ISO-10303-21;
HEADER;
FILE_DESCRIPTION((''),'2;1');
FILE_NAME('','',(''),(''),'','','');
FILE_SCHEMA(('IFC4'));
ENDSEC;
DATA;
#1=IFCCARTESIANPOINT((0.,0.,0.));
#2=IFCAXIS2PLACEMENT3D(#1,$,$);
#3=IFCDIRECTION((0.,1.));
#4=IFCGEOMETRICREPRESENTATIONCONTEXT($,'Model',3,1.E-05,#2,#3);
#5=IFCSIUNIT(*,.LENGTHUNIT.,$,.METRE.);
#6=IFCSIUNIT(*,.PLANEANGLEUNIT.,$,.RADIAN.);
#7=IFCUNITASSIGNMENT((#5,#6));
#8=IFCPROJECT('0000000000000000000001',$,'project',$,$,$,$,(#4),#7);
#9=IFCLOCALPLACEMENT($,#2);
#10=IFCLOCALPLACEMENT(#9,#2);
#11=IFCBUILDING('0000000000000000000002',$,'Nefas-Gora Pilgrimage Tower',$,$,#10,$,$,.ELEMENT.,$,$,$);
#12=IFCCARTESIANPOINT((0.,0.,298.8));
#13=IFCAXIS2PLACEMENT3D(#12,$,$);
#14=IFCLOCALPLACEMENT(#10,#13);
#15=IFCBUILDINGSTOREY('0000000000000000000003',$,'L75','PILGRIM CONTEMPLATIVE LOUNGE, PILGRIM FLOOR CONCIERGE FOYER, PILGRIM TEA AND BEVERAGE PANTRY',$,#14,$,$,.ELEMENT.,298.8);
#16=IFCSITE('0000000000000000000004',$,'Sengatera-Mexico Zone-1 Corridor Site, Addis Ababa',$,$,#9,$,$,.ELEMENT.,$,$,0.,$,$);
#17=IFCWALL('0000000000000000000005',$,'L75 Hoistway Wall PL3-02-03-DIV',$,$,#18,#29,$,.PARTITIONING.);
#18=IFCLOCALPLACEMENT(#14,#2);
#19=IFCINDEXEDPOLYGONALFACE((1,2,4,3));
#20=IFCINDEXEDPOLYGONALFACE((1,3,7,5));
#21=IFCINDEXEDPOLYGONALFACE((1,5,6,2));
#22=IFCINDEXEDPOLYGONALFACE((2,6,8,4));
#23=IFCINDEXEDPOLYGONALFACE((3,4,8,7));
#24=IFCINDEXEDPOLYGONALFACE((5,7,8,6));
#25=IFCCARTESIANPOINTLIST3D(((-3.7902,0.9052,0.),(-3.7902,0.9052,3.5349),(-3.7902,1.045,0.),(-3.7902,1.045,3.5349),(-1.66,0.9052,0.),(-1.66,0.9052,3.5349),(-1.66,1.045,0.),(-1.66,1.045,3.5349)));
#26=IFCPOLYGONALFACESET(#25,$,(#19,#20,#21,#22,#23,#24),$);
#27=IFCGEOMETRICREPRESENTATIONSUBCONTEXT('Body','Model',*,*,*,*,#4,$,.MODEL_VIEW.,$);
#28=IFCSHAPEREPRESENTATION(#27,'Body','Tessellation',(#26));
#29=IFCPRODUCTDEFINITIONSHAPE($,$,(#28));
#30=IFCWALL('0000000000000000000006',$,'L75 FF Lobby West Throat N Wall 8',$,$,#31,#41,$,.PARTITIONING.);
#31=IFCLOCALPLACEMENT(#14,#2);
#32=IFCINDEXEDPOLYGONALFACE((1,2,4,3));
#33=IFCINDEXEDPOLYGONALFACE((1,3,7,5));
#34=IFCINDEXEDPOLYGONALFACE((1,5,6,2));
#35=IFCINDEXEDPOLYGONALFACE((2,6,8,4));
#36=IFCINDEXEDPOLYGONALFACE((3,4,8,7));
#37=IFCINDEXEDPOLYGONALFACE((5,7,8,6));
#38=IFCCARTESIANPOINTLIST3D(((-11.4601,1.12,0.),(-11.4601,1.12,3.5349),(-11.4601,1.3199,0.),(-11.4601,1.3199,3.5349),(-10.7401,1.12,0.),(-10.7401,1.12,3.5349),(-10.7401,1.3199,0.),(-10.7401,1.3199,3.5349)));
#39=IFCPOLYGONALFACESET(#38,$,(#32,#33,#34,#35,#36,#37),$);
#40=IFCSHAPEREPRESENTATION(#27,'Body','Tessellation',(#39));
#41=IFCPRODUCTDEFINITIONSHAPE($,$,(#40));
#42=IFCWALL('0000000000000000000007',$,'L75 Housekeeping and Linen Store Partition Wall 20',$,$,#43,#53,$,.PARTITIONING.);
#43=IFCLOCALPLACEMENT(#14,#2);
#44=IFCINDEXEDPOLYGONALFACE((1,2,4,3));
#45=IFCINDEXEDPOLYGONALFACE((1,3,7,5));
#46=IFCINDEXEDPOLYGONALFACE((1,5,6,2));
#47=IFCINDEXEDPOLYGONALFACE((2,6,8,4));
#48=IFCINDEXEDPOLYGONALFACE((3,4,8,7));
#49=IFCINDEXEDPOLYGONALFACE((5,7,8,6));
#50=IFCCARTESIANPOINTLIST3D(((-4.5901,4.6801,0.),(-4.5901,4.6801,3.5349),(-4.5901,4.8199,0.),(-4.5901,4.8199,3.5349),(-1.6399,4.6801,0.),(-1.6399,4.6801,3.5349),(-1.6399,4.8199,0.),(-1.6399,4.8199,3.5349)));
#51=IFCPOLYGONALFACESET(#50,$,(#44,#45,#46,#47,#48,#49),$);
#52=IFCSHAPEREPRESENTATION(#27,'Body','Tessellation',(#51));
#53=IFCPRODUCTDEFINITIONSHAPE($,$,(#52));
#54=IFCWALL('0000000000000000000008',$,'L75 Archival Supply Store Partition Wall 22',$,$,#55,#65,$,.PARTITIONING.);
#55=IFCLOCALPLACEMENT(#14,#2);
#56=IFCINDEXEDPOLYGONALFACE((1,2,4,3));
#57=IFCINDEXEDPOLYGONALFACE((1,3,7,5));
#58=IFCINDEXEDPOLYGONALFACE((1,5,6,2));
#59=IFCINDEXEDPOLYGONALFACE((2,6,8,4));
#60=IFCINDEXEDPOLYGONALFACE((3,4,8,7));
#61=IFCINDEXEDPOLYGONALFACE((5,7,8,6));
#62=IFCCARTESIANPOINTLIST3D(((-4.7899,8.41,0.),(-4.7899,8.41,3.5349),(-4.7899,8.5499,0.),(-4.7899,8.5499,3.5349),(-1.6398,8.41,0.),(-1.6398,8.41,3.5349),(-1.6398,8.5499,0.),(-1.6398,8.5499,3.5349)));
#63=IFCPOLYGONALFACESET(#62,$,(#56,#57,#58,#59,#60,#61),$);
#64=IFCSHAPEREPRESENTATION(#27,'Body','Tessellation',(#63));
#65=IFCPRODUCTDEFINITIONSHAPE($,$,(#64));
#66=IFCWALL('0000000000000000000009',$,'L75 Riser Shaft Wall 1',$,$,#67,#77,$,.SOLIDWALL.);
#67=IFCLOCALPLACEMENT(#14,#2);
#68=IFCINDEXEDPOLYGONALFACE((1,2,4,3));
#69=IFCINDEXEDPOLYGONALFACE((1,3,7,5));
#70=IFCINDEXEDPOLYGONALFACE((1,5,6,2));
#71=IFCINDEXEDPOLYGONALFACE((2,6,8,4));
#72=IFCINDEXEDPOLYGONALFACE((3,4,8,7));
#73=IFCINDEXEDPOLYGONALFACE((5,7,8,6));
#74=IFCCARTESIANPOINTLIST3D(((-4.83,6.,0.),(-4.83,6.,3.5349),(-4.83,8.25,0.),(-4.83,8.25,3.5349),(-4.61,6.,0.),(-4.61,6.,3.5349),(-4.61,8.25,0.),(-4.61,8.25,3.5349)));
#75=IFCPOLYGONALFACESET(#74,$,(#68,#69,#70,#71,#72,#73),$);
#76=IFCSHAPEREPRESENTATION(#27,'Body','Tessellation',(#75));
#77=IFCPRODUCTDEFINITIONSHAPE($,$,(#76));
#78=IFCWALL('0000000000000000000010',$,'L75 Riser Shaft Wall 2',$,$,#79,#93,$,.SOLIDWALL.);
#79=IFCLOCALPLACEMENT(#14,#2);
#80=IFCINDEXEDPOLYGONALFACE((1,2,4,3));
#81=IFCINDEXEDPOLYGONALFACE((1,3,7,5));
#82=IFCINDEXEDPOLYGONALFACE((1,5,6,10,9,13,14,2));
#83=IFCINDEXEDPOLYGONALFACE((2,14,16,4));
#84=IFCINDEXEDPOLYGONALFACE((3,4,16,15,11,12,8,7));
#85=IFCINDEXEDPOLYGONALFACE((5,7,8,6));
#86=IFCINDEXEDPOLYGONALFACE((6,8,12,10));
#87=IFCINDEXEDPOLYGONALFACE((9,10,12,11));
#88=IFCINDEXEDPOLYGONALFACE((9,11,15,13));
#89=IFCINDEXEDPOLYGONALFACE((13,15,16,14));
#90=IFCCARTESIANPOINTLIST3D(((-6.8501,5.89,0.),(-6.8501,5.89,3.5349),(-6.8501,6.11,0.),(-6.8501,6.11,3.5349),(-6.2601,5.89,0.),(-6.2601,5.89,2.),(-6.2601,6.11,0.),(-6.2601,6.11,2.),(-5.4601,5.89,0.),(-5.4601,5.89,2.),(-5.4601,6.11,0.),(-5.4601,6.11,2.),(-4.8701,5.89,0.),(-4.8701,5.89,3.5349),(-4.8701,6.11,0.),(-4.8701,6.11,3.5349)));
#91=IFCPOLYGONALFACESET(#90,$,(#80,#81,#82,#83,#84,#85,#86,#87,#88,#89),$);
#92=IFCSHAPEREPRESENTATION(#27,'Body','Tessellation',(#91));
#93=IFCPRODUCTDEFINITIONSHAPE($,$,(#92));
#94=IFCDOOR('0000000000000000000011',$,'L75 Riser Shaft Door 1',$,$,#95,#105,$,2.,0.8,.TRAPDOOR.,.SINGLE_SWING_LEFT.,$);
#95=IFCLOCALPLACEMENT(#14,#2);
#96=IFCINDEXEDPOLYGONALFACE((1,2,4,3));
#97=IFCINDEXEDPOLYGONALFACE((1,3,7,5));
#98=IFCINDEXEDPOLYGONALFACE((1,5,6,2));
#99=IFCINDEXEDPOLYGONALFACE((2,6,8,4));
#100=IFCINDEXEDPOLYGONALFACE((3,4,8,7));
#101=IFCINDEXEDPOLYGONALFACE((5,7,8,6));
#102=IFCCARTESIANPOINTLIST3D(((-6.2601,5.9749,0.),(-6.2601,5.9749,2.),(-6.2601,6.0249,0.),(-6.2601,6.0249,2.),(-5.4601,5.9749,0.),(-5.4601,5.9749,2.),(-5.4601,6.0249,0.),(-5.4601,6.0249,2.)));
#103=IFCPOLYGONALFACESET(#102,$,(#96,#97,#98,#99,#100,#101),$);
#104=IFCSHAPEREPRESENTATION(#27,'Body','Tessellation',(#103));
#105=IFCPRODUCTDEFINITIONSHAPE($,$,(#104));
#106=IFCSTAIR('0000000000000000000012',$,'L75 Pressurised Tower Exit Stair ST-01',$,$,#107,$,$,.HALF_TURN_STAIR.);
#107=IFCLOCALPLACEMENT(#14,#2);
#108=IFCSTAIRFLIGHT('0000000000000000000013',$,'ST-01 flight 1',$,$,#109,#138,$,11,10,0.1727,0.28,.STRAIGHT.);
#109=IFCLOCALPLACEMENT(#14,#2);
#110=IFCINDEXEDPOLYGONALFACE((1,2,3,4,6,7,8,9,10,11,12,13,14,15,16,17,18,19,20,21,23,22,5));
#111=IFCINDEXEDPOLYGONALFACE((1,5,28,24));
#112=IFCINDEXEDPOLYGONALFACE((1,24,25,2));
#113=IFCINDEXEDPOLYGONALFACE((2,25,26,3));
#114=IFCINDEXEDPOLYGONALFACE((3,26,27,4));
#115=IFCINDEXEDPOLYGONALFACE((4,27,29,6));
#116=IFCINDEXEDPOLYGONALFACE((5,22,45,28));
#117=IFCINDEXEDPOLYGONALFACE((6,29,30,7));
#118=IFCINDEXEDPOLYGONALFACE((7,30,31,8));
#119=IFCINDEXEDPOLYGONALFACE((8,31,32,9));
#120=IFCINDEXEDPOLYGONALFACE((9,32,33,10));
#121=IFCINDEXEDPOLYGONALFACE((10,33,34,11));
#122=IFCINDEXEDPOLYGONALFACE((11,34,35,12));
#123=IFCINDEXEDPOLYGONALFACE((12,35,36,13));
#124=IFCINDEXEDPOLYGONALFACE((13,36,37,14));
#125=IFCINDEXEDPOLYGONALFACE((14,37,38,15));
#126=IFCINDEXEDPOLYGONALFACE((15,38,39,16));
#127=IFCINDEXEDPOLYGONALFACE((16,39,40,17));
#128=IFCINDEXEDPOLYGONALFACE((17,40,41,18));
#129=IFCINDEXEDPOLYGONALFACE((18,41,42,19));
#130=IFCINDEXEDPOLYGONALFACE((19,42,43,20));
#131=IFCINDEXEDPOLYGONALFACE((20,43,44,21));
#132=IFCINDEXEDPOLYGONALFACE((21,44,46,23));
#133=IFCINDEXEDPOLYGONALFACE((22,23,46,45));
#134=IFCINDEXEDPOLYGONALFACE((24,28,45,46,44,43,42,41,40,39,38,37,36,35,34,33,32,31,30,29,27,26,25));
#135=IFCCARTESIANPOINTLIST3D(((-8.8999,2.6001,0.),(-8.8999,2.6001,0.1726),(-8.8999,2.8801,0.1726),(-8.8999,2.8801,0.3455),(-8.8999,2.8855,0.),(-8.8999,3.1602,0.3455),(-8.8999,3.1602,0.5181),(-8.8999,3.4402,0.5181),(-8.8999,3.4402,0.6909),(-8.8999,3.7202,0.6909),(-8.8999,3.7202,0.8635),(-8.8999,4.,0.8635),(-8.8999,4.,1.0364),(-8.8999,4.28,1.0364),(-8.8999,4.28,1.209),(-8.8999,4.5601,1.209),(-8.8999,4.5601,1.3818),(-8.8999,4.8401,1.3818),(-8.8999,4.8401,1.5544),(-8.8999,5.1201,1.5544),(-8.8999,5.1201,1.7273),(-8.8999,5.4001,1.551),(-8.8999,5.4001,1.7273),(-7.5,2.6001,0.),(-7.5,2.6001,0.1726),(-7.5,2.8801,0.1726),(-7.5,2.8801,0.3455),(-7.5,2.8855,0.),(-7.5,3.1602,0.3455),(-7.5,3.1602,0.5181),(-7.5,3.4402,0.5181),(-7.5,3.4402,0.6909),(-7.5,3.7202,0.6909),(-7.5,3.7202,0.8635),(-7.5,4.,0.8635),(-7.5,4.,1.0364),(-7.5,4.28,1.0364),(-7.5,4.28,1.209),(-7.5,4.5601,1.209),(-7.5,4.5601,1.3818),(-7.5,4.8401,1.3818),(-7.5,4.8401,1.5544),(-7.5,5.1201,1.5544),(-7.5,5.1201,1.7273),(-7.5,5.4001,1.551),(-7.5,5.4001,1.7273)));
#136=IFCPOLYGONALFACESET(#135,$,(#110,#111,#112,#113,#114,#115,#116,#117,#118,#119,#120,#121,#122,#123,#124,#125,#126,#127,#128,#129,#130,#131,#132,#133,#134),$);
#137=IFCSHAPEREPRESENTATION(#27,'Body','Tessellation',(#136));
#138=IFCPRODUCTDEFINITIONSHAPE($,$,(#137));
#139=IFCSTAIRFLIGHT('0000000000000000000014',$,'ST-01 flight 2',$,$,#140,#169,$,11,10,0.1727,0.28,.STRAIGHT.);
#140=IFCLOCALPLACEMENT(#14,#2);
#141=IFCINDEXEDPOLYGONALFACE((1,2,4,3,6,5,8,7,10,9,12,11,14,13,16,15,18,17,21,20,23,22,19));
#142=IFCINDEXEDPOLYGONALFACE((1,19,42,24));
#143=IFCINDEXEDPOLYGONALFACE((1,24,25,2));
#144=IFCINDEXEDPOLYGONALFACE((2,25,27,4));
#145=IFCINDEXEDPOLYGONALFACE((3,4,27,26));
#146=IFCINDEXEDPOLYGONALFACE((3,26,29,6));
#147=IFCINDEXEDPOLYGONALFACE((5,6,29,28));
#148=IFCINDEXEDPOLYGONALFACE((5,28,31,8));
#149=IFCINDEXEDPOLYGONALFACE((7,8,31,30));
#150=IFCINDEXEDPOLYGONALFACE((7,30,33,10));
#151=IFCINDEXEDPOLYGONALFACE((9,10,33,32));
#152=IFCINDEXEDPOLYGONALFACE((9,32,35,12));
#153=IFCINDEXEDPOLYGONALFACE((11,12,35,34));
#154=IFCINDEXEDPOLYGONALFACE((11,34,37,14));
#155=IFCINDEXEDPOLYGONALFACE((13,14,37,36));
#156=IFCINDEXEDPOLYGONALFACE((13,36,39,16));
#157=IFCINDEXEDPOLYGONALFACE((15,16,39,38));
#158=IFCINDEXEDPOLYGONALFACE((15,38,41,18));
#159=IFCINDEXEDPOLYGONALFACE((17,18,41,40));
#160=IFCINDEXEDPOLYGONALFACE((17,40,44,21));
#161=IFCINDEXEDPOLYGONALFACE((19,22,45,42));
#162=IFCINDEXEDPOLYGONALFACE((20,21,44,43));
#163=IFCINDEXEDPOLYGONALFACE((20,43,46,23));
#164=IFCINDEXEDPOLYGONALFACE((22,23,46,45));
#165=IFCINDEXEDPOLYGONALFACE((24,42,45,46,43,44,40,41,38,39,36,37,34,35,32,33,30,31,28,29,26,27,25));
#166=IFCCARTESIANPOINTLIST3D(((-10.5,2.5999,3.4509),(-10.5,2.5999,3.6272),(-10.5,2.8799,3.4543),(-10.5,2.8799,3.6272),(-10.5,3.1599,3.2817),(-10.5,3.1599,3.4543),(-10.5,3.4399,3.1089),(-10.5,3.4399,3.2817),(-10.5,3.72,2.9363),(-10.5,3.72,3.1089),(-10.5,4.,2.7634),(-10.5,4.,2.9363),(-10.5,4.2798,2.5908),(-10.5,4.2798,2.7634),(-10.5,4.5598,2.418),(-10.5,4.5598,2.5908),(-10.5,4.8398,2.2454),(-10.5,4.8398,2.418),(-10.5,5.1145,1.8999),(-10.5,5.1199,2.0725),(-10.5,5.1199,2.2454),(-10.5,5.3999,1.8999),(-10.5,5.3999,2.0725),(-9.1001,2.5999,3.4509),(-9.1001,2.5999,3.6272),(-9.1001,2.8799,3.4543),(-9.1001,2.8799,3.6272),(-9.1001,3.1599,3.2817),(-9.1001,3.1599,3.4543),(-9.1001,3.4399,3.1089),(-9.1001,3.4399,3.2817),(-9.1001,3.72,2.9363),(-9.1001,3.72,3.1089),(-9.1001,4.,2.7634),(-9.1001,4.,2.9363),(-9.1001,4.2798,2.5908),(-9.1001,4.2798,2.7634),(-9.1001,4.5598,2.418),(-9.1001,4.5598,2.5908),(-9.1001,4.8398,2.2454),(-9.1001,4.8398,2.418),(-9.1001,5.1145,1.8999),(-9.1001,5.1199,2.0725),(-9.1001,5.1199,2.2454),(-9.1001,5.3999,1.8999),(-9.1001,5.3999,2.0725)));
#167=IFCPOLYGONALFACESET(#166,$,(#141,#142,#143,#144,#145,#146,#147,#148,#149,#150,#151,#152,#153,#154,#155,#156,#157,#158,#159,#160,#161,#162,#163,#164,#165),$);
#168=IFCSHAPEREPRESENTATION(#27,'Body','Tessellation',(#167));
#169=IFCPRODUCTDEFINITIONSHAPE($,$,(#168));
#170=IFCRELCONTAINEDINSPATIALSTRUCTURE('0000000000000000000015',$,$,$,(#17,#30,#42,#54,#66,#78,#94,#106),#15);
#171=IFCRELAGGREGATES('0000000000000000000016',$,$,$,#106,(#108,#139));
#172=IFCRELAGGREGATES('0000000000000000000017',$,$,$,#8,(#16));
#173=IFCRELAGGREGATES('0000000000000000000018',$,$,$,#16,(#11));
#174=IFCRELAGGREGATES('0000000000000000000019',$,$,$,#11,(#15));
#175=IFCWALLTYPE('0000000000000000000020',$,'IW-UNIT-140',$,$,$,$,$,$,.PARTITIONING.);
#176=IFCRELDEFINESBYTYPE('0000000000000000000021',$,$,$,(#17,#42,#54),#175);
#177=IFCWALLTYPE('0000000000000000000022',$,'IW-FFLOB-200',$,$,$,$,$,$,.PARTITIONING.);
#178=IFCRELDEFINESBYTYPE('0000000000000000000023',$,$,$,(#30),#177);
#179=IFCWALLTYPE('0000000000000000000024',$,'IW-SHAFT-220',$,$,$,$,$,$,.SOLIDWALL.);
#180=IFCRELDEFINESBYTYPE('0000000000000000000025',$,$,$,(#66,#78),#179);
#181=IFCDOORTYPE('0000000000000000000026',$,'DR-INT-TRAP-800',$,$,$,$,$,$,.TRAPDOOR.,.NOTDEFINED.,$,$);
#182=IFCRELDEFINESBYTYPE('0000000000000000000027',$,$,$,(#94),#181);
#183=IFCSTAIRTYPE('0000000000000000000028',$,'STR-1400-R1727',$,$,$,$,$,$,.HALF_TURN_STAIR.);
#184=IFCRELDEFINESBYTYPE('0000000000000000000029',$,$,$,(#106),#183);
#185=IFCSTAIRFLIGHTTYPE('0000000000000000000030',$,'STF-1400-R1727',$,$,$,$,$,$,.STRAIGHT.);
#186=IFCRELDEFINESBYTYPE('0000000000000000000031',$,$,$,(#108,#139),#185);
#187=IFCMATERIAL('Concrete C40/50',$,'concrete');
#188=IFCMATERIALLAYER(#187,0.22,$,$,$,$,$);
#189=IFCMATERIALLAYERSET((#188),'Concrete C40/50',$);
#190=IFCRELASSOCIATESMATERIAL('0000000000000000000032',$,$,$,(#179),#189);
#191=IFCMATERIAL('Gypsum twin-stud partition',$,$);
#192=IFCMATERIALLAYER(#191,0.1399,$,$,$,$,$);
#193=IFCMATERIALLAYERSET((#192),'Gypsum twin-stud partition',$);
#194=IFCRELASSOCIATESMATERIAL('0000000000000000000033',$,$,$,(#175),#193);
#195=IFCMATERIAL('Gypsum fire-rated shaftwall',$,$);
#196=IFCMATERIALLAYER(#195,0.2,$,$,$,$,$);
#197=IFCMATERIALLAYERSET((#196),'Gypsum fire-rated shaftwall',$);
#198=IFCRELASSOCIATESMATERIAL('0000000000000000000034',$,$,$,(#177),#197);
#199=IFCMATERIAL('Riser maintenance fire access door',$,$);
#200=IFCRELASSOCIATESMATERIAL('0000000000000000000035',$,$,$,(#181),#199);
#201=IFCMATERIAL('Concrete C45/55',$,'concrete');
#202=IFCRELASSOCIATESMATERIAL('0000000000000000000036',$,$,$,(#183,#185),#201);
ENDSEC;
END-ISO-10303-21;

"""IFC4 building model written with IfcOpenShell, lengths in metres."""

from ifc_helpers import new_model, si_unit, direction, frame, frame_2d, origin, place, context, subcontext, project, spatial, polyline, rectangle, outline, extrude, source, transform, mapped, material, layer, layer_set, type_object, element, fill, aggregate, save


model = new_model("IFC4")

# Units and contexts
model_context = context("Model", 3, precision=1e-05, world=origin(), true_north=direction((0.0, 1.0)))
body_context = subcontext(model_context, "Body", "Model", "MODEL_VIEW")
ifc_project = project(units=[si_unit("LENGTHUNIT", "METRE"), si_unit("PLANEANGLEUNIT", "RADIAN")], contexts=[model_context])

# Site, building, storey
site_placement = place(None, origin())
site = spatial("IfcSite", under=ifc_project, at=site_placement, Name="Sengatera-Mexico Zone-1 Corridor Site, Addis Ababa", CompositionType="ELEMENT", RefElevation=0.0)
building_placement = place(site_placement, origin())
building = spatial("IfcBuilding", under=site, at=building_placement, Name="Nefas-Gora Pilgrimage Tower", CompositionType="ELEMENT")
storey_placement = place(building_placement, frame((0.0, 0.0, 298.8)))
storey = spatial("IfcBuildingStorey", under=building, at=storey_placement, Name="L75", Description="PILGRIM CONTEMPLATIVE LOUNGE, PILGRIM FLOOR CONCIERGE FOYER, PILGRIM TEA AND BEVERAGE PANTRY", CompositionType="ELEMENT", Elevation=298.8)

# Shared definitions
ifc_material_1 = material(Name="Concrete C45/55", Category="concrete")

# Shared definitions
ifc_material_2 = material(Name="Concrete C40/50", Category="concrete")
ifc_layer_1 = layer(ifc_material_2, 0.22)
ifc_layer_set_1 = layer_set([ifc_layer_1], Name="Concrete C40/50")
wall_type_1 = type_object("IfcWallType", Name="IW-SHAFT-220", PredefinedType="SOLIDWALL", material=ifc_layer_set_1)

# Walls
ifc_material_3 = material(Name="Gypsum twin-stud partition")
ifc_layer_2 = layer(ifc_material_3, 0.1399)
ifc_layer_set_2 = layer_set([ifc_layer_2], Name="Gypsum twin-stud partition")
wall_type_2 = type_object("IfcWallType", Name="IW-UNIT-140", PredefinedType="PARTITIONING", material=ifc_layer_set_2)
shared_shape_1 = source(origin(), body_context, "Body", "SweptSolid", [
    extrude(rectangle(XDim=2.1301, YDim=0.1399, at=frame_2d((1.0649, 0.0))), origin(), (0.0, 0.0, 1.0), 3.5349),
])
wall_1_placement = place(storey_placement, frame((-3.79, 0.9751, 0.0), z_axis=(0.0, 0.0, 1.0), x_axis=(1.0, 0.0, 0.0)))
element("IfcWall", 1, at=wall_1_placement, inside=storey, type_object=wall_type_2, Name="L75 Hoistway Wall PL3-02-03-DIV", PredefinedType="PARTITIONING", context=body_context, shape_type="MappedRepresentation", body=[
    mapped(shared_shape_1, transform((0.0, 0.0, 0.0), x_axis=(1.0, 0.0, 0.0), y_axis=(0.0, 1.0, 0.0), z_axis=(0.0, 0.0, 1.0), scale=1.0)),
])
ifc_material_4 = material(Name="Gypsum fire-rated shaftwall")
ifc_layer_3 = layer(ifc_material_4, 0.2)
ifc_layer_set_3 = layer_set([ifc_layer_3], Name="Gypsum fire-rated shaftwall")
wall_type_3 = type_object("IfcWallType", Name="IW-FFLOB-200", PredefinedType="PARTITIONING", material=ifc_layer_set_3)
shared_shape_2 = source(origin(), body_context, "Body", "SweptSolid", [
    extrude(rectangle(XDim=0.72, YDim=0.2, at=frame_2d((0.3599, 0.0))), origin(), (0.0, 0.0, 1.0), 3.5349),
])
wall_2_placement = place(storey_placement, frame((-11.46, 1.22, 0.0), z_axis=(0.0, 0.0, 1.0), x_axis=(1.0, 0.0, 0.0)))
element("IfcWall", 2, at=wall_2_placement, inside=storey, type_object=wall_type_3, Name="L75 FF Lobby West Throat N Wall 8", PredefinedType="PARTITIONING", context=body_context, shape_type="MappedRepresentation", body=[
    mapped(shared_shape_2, transform((0.0, 0.0, 0.0), x_axis=(1.0, 0.0, 0.0), y_axis=(0.0, 1.0, 0.0), z_axis=(0.0, 0.0, 1.0), scale=1.0)),
])
shared_shape_3 = source(origin(), body_context, "Body", "SweptSolid", [
    extrude(rectangle(XDim=2.9502, YDim=0.1399, at=frame_2d((1.4751, 0.0))), origin(), (0.0, 0.0, 1.0), 3.5349),
])
wall_3_placement = place(storey_placement, frame((-4.5901, 4.75, 0.0), z_axis=(0.0, 0.0, 1.0), x_axis=(1.0, 0.0, 0.0)))
element("IfcWall", 3, at=wall_3_placement, inside=storey, type_object=wall_type_2, Name="L75 Housekeeping and Linen Store Partition Wall 20", PredefinedType="PARTITIONING", context=body_context, shape_type="MappedRepresentation", body=[
    mapped(shared_shape_3, transform((0.0, 0.0, 0.0), x_axis=(1.0, 0.0, 0.0), y_axis=(0.0, 1.0, 0.0), z_axis=(0.0, 0.0, 1.0), scale=1.0)),
])
shared_shape_4 = source(origin(), body_context, "Body", "SweptSolid", [
    extrude(rectangle(XDim=3.1501, YDim=0.1399, at=frame_2d((1.5752, 0.0))), origin(), (0.0, 0.0, 1.0), 3.5349),
])
wall_4_placement = place(storey_placement, frame((-4.79, 8.48, 0.0), z_axis=(0.0, 0.0, 1.0), x_axis=(1.0, 0.0, 0.0)))
element("IfcWall", 4, at=wall_4_placement, inside=storey, type_object=wall_type_2, Name="L75 Archival Supply Store Partition Wall 22", PredefinedType="PARTITIONING", context=body_context, shape_type="MappedRepresentation", body=[
    mapped(shared_shape_4, transform((0.0, 0.0, 0.0), x_axis=(1.0, 0.0, 0.0), y_axis=(0.0, 1.0, 0.0), z_axis=(0.0, 0.0, 1.0), scale=1.0)),
])
shared_shape_5 = source(origin(), body_context, "Body", "SweptSolid", [
    extrude(rectangle(XDim=2.25, YDim=0.22, at=frame_2d((1.125, 0.0))), origin(), (0.0, 0.0, 1.0), 3.5349),
])
wall_5_placement = place(storey_placement, frame((-4.72, 6.0, 0.0), z_axis=(0.0, 0.0, 1.0), x_axis=(0.0, 1.0, 0.0)))
element("IfcWall", 5, at=wall_5_placement, inside=storey, type_object=wall_type_1, Name="L75 Riser Shaft Wall 1", PredefinedType="SOLIDWALL", context=body_context, shape_type="MappedRepresentation", body=[
    mapped(shared_shape_5, transform((0.0, 0.0, 0.0), x_axis=(1.0, 0.0, 0.0), y_axis=(0.0, 1.0, 0.0), z_axis=(0.0, 0.0, 1.0), scale=1.0)),
])

# Wall, opening, door
shared_shape_6 = source(origin(), body_context, "Body", "SweptSolid", [
    extrude(rectangle(XDim=1.98, YDim=0.22, at=frame_2d((0.99, 0.0))), origin(), (0.0, 0.0, 1.0), 3.5349),
])
wall_6_placement = place(storey_placement, frame((-6.8501, 6.0, 0.0), z_axis=(0.0, 0.0, 1.0), x_axis=(1.0, 0.0, 0.0)))
wall_6 = element("IfcWall", 6, at=wall_6_placement, inside=storey, type_object=wall_type_1, Name="L75 Riser Shaft Wall 2", PredefinedType="SOLIDWALL", context=body_context, shape_type="MappedRepresentation", body=[
    mapped(shared_shape_6, transform((0.0, 0.0, 0.0), x_axis=(1.0, 0.0, 0.0), y_axis=(0.0, 1.0, 0.0), z_axis=(0.0, 0.0, 1.0), scale=1.0)),
])
opening_1_placement = place(wall_6_placement, frame((0.5901, 0.0, 0.0)))
opening_1 = element("IfcOpeningElement", 7, at=opening_1_placement, cuts=wall_6, PredefinedType="OPENING", context=body_context, shape_type="SweptSolid", body=[
    extrude(rectangle(XDim=0.8, YDim=2.0, at=frame_2d((0.3999, 1.0))), frame((0.0, 0.1199, 0.0), z_axis=(0.0, -1.0, 0.0), x_axis=(1.0, 0.0, 0.0)), (0.0, 0.0, 1.0), 0.24),
])
ifc_material_5 = material(Name="Riser maintenance fire access door")
door_type_1 = type_object("IfcDoorType", Name="DR-INT-TRAP-800", OperationType="NOTDEFINED", PredefinedType="TRAPDOOR", material=ifc_material_5)
shared_shape_7 = source(origin(), body_context, "Body", "SweptSolid", [
    extrude(rectangle(XDim=0.8, YDim=2.0, at=frame_2d((0.3999, 1.0))), frame((0.0, 0.0249, 0.0), z_axis=(0.0, -1.0, 0.0), x_axis=(1.0, 0.0, 0.0)), (0.0, 0.0, 1.0), 0.05),
])
door_1_placement = place(opening_1_placement, origin())
door_1 = element("IfcDoor", 8, at=door_1_placement, inside=storey, type_object=door_type_1, Name="L75 Riser Shaft Door 1", OperationType="SINGLE_SWING_LEFT", OverallHeight=2.0, OverallWidth=0.8, PredefinedType="TRAPDOOR", context=body_context, shape_type="MappedRepresentation", body=[
    mapped(shared_shape_7, transform((0.0, 0.0, 0.0), x_axis=(1.0, 0.0, 0.0), y_axis=(0.0, 1.0, 0.0), z_axis=(0.0, 0.0, 1.0), scale=1.0)),
])
fill(opening_1, door_1)

# Stair, stair flights
stair_type = type_object("IfcStairType", Name="STR-1400-R1727", PredefinedType="HALF_TURN_STAIR", material=ifc_material_1)
stair_placement = place(storey_placement, origin())
stair = element("IfcStair", 9, at=stair_placement, inside=storey, type_object=stair_type, Name="L75 Pressurised Tower Exit Stair ST-01", PredefinedType="HALF_TURN_STAIR")
stair_flight_type = type_object("IfcStairFlightType", Name="STF-1400-R1727", PredefinedType="STRAIGHT", material=ifc_material_1)
shared_shape_8 = source(origin(), body_context, "Body", "SweptSolid", [
    extrude(outline(polyline([(0.0, 0.0), (0.0, 0.1726), (0.28, 0.1726), (0.28, 0.3455), (0.5601, 0.3455), (0.5601, 0.5181), (0.8401, 0.5181), (0.8401, 0.6909), (1.1201, 0.6909), (1.1201, 0.8635), (1.3999, 0.8635), (1.3999, 1.0364), (1.6799, 1.0364), (1.6799, 1.209), (1.96, 1.209), (1.96, 1.3818), (2.24, 1.3818), (2.24, 1.5544), (2.52, 1.5544), (2.52, 1.7273), (2.8, 1.7273), (2.8, 1.8999), (2.8, 1.551), (0.2854, 0.0), (0.0, 0.0)])), frame((0.0, 0.7, 0.0), z_axis=(0.0, -1.0, 0.0), x_axis=(1.0, 0.0, 0.0)), (0.0, 0.0, 1.0), 1.3999),
])
stair_flight_1_placement = place(storey_placement, frame((-8.2, 2.6001, 0.0), z_axis=(0.0, 0.0, 1.0), x_axis=(0.0, 1.0, 0.0)))
stair_flight_1 = element("IfcStairFlight", 10, at=stair_flight_1_placement, type_object=stair_flight_type, Name="ST-01 flight 1", NumberOfRisers=11, NumberOfTreads=10, PredefinedType="STRAIGHT", RiserHeight=0.1727, TreadLength=0.28, context=body_context, shape_type="MappedRepresentation", body=[
    mapped(shared_shape_8, transform((0.0, 0.0, 0.0), x_axis=(1.0, 0.0, 0.0), y_axis=(0.0, 1.0, 0.0), z_axis=(0.0, 0.0, 1.0), scale=1.0)),
])
stair_flight_2_placement = place(storey_placement, frame((-9.8, 5.3999, 1.8999), z_axis=(0.0, 0.0, 1.0), x_axis=(0.0, -1.0, 0.0)))
stair_flight_2 = element("IfcStairFlight", 11, at=stair_flight_2_placement, type_object=stair_flight_type, Name="ST-01 flight 2", NumberOfRisers=11, NumberOfTreads=10, PredefinedType="STRAIGHT", RiserHeight=0.1727, TreadLength=0.28, context=body_context, shape_type="MappedRepresentation", body=[
    mapped(shared_shape_8, transform((0.0, 0.0, 0.0), x_axis=(1.0, 0.0, 0.0), y_axis=(0.0, 1.0, 0.0), z_axis=(0.0, 0.0, 1.0), scale=1.0)),
])
aggregate(stair, [stair_flight_1, stair_flight_2])

save(model, "model.ifc")
